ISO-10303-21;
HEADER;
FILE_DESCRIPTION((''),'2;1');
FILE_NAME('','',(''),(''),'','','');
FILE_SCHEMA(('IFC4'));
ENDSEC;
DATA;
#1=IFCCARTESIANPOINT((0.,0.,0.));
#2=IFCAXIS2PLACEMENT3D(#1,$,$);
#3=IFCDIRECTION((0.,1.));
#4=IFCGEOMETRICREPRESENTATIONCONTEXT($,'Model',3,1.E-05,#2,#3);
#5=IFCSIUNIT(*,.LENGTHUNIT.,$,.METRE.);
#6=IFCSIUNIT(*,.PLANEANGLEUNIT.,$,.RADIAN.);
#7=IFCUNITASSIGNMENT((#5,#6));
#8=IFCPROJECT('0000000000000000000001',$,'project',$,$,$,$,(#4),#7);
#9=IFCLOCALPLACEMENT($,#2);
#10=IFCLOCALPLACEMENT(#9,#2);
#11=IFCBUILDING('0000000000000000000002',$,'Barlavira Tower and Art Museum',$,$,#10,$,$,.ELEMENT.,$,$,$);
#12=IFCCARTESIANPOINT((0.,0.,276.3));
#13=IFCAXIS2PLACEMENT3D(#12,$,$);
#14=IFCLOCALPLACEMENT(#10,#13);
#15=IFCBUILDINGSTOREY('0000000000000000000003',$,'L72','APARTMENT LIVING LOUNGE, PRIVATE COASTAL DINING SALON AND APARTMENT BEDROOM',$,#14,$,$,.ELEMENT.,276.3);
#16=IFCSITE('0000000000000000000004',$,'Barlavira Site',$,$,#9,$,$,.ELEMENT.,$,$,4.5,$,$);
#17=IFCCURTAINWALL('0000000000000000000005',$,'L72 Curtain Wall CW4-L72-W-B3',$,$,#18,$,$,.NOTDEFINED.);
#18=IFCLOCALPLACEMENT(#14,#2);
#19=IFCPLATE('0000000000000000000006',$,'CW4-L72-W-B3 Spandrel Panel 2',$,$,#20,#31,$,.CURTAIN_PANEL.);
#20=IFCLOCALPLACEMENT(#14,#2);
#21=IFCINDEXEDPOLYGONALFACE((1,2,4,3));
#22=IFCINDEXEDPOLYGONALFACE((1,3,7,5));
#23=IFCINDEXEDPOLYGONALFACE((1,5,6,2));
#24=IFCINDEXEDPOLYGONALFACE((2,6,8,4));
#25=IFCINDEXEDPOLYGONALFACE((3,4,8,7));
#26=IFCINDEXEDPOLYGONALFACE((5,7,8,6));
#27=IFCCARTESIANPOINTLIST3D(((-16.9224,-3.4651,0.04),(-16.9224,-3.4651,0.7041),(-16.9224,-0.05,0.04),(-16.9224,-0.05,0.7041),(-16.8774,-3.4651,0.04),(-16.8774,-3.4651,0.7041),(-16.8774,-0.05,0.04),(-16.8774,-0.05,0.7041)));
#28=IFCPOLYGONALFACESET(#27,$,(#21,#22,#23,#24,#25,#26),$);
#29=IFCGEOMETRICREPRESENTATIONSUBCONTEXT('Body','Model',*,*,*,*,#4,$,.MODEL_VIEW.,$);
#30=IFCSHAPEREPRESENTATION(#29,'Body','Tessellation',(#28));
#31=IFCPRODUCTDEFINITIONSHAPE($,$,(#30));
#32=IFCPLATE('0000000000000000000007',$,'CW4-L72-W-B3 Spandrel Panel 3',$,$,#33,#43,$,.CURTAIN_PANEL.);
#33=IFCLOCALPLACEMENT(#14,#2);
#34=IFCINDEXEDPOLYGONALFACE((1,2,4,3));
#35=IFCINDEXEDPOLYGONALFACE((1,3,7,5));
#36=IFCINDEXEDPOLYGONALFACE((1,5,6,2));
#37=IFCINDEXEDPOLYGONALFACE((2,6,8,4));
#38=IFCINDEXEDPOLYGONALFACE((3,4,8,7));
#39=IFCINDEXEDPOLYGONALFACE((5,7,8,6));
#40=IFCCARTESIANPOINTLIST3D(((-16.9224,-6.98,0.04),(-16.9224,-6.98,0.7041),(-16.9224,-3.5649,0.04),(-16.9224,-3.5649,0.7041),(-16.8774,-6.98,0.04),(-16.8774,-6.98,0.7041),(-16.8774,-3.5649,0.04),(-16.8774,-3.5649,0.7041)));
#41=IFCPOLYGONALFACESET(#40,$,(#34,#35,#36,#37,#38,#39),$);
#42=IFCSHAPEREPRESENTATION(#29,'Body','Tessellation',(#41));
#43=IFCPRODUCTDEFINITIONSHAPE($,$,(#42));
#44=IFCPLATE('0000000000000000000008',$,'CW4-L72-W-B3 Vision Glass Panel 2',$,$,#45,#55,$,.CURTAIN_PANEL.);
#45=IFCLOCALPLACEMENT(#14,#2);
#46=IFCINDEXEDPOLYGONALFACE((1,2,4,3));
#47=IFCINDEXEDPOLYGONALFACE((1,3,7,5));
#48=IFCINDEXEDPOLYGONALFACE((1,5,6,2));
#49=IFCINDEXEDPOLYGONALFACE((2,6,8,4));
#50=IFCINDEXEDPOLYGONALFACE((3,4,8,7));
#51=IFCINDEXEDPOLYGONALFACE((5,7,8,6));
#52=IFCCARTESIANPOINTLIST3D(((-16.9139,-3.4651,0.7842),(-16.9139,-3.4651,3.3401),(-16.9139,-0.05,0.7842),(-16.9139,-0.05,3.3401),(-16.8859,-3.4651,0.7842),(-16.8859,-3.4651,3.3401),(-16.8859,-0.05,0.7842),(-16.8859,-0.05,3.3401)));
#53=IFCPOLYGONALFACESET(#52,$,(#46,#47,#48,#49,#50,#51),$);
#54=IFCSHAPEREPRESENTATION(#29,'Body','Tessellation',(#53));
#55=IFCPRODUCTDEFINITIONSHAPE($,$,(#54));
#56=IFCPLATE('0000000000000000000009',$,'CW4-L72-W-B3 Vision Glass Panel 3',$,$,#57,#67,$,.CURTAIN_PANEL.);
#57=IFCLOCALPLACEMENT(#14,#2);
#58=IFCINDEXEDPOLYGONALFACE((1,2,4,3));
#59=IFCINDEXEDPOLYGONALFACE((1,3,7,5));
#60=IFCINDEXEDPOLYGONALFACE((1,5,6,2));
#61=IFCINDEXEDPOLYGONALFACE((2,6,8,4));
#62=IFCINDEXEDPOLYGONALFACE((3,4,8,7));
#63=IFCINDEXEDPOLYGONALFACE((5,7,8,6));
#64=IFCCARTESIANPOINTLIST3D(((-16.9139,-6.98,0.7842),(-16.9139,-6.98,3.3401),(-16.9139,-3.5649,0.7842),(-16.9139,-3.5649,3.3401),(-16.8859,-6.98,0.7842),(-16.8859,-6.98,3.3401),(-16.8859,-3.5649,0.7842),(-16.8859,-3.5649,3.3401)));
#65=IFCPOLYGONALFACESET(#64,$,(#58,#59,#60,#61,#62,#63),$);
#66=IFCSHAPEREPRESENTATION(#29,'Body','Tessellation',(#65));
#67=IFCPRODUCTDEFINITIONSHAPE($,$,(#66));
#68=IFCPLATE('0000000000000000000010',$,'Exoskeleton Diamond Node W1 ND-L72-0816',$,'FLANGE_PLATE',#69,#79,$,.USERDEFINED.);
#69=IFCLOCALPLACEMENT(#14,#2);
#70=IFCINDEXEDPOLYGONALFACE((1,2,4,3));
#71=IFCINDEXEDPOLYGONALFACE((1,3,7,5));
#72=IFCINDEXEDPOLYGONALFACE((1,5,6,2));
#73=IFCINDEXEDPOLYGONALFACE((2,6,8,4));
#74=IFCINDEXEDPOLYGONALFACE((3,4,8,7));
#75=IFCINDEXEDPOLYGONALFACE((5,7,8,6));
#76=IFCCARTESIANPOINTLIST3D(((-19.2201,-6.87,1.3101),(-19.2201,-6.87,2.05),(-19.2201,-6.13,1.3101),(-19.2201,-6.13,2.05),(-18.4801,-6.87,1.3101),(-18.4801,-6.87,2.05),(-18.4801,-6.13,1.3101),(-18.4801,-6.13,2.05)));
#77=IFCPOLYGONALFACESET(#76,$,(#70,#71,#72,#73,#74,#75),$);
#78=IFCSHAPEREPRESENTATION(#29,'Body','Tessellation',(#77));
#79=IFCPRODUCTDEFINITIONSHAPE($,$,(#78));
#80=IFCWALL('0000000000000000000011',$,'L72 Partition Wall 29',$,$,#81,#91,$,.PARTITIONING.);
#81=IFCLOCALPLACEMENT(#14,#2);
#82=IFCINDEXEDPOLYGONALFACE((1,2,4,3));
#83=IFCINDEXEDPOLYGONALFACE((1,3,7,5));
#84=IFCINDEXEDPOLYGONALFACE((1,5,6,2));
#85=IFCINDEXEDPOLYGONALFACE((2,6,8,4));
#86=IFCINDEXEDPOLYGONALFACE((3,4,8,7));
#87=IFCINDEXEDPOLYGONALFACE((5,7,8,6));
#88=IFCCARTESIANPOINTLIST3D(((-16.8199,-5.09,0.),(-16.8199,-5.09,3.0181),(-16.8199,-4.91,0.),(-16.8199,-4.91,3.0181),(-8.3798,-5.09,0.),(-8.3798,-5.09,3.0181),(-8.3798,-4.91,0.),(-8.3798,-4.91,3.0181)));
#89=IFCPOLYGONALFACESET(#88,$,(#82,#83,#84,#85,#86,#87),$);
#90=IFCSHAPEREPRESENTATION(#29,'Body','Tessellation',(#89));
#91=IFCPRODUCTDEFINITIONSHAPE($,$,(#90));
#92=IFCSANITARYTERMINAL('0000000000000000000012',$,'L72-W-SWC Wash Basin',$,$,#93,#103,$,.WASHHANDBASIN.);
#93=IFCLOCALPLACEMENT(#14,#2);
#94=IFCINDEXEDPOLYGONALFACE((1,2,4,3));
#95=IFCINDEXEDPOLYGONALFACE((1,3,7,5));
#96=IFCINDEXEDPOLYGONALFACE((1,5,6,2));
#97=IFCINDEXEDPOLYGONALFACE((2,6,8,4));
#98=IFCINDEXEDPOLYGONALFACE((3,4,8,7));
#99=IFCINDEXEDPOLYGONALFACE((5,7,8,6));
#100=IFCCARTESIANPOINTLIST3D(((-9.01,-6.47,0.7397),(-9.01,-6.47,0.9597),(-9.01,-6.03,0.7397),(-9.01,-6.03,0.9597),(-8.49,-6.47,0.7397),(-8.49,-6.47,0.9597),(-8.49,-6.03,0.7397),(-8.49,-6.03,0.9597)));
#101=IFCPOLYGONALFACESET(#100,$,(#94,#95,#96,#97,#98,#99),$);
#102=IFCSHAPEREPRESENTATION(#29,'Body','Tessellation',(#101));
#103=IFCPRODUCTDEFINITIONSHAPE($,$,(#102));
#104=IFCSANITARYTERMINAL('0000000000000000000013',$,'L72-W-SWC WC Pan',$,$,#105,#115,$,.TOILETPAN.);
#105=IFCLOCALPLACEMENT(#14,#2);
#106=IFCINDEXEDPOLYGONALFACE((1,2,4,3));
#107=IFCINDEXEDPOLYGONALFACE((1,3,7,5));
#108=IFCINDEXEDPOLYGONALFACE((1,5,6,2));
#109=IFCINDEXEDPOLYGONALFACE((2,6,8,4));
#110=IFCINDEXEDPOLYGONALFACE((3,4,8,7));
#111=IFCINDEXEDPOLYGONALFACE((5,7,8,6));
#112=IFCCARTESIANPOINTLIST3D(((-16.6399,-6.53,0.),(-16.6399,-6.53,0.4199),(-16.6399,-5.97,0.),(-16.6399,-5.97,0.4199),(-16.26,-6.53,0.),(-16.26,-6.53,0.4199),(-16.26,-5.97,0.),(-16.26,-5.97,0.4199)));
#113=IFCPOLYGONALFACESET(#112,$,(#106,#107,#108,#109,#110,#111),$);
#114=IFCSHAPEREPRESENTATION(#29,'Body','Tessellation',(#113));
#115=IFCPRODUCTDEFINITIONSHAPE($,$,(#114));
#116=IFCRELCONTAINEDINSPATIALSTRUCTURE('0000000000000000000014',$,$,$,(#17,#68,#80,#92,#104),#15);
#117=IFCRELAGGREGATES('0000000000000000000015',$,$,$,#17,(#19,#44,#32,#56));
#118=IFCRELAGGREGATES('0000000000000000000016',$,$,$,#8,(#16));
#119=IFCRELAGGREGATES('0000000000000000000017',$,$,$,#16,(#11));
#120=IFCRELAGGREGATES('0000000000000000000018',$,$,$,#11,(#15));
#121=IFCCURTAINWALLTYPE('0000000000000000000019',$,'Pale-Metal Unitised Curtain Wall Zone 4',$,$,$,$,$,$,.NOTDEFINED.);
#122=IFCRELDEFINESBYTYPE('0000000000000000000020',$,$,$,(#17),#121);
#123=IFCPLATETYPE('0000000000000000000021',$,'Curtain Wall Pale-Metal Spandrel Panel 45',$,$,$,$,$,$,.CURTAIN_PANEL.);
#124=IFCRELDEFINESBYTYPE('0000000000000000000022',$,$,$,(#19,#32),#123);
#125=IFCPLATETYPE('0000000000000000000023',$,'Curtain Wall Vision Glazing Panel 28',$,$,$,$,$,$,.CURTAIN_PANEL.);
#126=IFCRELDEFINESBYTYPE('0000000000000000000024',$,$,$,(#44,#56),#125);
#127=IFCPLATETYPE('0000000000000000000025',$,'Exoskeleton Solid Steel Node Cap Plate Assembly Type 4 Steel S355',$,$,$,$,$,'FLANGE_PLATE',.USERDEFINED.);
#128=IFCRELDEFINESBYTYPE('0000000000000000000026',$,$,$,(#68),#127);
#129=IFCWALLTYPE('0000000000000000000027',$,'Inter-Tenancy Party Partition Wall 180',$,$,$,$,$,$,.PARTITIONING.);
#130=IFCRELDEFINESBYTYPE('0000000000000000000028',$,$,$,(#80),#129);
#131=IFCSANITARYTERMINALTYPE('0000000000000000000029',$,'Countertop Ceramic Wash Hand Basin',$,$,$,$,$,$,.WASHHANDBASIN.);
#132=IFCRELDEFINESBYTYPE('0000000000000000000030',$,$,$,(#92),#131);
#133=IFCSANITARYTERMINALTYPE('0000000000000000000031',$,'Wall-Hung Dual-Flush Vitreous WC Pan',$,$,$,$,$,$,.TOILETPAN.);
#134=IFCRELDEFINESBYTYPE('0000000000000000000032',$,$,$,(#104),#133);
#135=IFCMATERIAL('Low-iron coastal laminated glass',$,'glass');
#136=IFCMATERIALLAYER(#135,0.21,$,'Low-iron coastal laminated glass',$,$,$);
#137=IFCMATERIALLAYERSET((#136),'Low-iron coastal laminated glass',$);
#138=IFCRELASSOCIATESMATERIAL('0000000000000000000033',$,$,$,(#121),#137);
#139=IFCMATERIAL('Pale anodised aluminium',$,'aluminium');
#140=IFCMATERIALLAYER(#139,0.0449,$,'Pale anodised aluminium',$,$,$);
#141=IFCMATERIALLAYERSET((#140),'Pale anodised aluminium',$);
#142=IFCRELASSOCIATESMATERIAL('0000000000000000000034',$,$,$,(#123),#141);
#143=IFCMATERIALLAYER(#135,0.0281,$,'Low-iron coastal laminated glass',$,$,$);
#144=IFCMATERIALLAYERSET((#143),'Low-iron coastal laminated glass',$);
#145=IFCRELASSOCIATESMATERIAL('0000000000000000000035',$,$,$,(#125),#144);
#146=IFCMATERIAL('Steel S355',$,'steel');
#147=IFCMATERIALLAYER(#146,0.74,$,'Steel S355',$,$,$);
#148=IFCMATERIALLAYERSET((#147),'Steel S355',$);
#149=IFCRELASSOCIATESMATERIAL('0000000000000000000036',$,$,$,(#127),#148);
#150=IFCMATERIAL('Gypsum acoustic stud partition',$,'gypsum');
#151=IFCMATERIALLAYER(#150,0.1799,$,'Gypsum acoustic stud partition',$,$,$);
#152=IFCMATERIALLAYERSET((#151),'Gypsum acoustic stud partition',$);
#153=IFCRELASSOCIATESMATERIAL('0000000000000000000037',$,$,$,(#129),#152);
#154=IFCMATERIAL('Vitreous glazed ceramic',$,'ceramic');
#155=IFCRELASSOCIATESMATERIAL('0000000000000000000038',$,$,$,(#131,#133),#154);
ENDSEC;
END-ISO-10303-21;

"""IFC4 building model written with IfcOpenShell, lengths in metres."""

from ifc_helpers import new_model, si_unit, direction, frame, frame_2d, origin, origin_2d, place, context, subcontext, project, spatial, rectangle, extrude, material, layer, layer_set, type_object, element, aggregate, save


model = new_model("IFC4")

# Units and contexts
model_context = context("Model", 3, precision=1e-05, world=origin(), true_north=direction((0.0, 1.0)))
body_context = subcontext(model_context, "Body", "Model", "MODEL_VIEW")
ifc_project = project(units=[si_unit("LENGTHUNIT", "METRE"), si_unit("PLANEANGLEUNIT", "RADIAN")], contexts=[model_context])

# Site, building, storey
site_placement = place(None, origin())
site = spatial("IfcSite", under=ifc_project, at=site_placement, Name="Barlavira Site", CompositionType="ELEMENT", RefElevation=4.5)
building_placement = place(site_placement, origin())
building = spatial("IfcBuilding", under=site, at=building_placement, Name="Barlavira Tower and Art Museum", CompositionType="ELEMENT")
storey_placement = place(building_placement, frame((0.0, 0.0, 276.3)))
storey = spatial("IfcBuildingStorey", under=building, at=storey_placement, Name="L72", Description="APARTMENT LIVING LOUNGE, PRIVATE COASTAL DINING SALON AND APARTMENT BEDROOM", CompositionType="ELEMENT", Elevation=276.3)

# Curtain wall
ifc_material_1 = material(Name="Low-iron coastal laminated glass", Category="glass")
ifc_layer_1 = layer(ifc_material_1, 0.21, Name="Low-iron coastal laminated glass")
ifc_layer_set_1 = layer_set([ifc_layer_1], Name="Low-iron coastal laminated glass")
curtain_wall_type = type_object("IfcCurtainWallType", Name="Pale-Metal Unitised Curtain Wall Zone 4", PredefinedType="NOTDEFINED", material=ifc_layer_set_1)
curtain_wall_placement = place(storey_placement, origin())
curtain_wall = element("IfcCurtainWall", 1, at=curtain_wall_placement, inside=storey, type_object=curtain_wall_type, Name="L72 Curtain Wall CW4-L72-W-B3", PredefinedType="NOTDEFINED")
ifc_material_2 = material(Name="Pale anodised aluminium", Category="aluminium")

# Shared definitions
ifc_material_3 = material(Name="Steel S355", Category="steel")

# Plates
ifc_layer_2 = layer(ifc_material_2, 0.0449, Name="Pale anodised aluminium")
ifc_layer_set_2 = layer_set([ifc_layer_2], Name="Pale anodised aluminium")
plate_type_1 = type_object("IfcPlateType", Name="Curtain Wall Pale-Metal Spandrel Panel 45", PredefinedType="CURTAIN_PANEL", material=ifc_layer_set_2)
plate_1_placement = place(storey_placement, frame((-16.8999, -1.7576, 0.04), z_axis=(0.0, 0.0, 1.0), x_axis=(0.0, -1.0, 0.0)))
plate_1 = element("IfcPlate", 2, at=plate_1_placement, type_object=plate_type_1, Name="CW4-L72-W-B3 Spandrel Panel 2", PredefinedType="CURTAIN_PANEL", context=body_context, shape_type="SweptSolid", body=[
    extrude(rectangle(XDim=3.415, YDim=0.0449, at=origin_2d()), origin(), (0.0, 0.0, 1.0), 0.6641),
])
plate_2_placement = place(storey_placement, frame((-16.8999, -5.2725, 0.04), z_axis=(0.0, 0.0, 1.0), x_axis=(0.0, -1.0, 0.0)))
plate_2 = element("IfcPlate", 3, at=plate_2_placement, type_object=plate_type_1, Name="CW4-L72-W-B3 Spandrel Panel 3", PredefinedType="CURTAIN_PANEL", context=body_context, shape_type="SweptSolid", body=[
    extrude(rectangle(XDim=3.415, YDim=0.0449, at=origin_2d()), origin(), (0.0, 0.0, 1.0), 0.6641),
])
ifc_layer_3 = layer(ifc_material_1, 0.0281, Name="Low-iron coastal laminated glass")
ifc_layer_set_3 = layer_set([ifc_layer_3], Name="Low-iron coastal laminated glass")
plate_type_2 = type_object("IfcPlateType", Name="Curtain Wall Vision Glazing Panel 28", PredefinedType="CURTAIN_PANEL", material=ifc_layer_set_3)
plate_3_placement = place(storey_placement, frame((-16.8999, -1.7576, 0.7842), z_axis=(0.0, 0.0, 1.0), x_axis=(0.0, -1.0, 0.0)))
plate_3 = element("IfcPlate", 4, at=plate_3_placement, type_object=plate_type_2, Name="CW4-L72-W-B3 Vision Glass Panel 2", PredefinedType="CURTAIN_PANEL", context=body_context, shape_type="SweptSolid", body=[
    extrude(rectangle(XDim=3.415, YDim=0.0281, at=origin_2d()), origin(), (0.0, 0.0, 1.0), 2.5559),
])
plate_4_placement = place(storey_placement, frame((-16.8999, -5.2725, 0.7842), z_axis=(0.0, 0.0, 1.0), x_axis=(0.0, -1.0, 0.0)))
plate_4 = element("IfcPlate", 5, at=plate_4_placement, type_object=plate_type_2, Name="CW4-L72-W-B3 Vision Glass Panel 3", PredefinedType="CURTAIN_PANEL", context=body_context, shape_type="SweptSolid", body=[
    extrude(rectangle(XDim=3.415, YDim=0.0281, at=origin_2d()), origin(), (0.0, 0.0, 1.0), 2.5559),
])
aggregate(curtain_wall, [plate_1, plate_3, plate_2, plate_4])
ifc_layer_4 = layer(ifc_material_3, 0.74, Name="Steel S355")
ifc_layer_set_4 = layer_set([ifc_layer_4], Name="Steel S355")
plate_type_3 = type_object("IfcPlateType", Name="Exoskeleton Solid Steel Node Cap Plate Assembly Type 4 Steel S355", ElementType="FLANGE_PLATE", PredefinedType="USERDEFINED", material=ifc_layer_set_4)
plate_5_placement = place(storey_placement, frame((-18.8501, -6.5, 1.3101), z_axis=(0.0, 0.0, 1.0), x_axis=(1.0, 0.0, 0.0)))
element("IfcPlate", 6, at=plate_5_placement, inside=storey, type_object=plate_type_3, Name="Exoskeleton Diamond Node W1 ND-L72-0816", ObjectType="FLANGE_PLATE", PredefinedType="USERDEFINED", context=body_context, shape_type="SweptSolid", body=[
    extrude(rectangle(XDim=0.74, YDim=0.74, at=origin_2d()), origin(), (0.0, 0.0, 1.0), 0.74),
])

# Shared definitions
ifc_material_4 = material(Name="Gypsum acoustic stud partition", Category="gypsum")
ifc_layer_5 = layer(ifc_material_4, 0.1799, Name="Gypsum acoustic stud partition")
ifc_layer_set_5 = layer_set([ifc_layer_5], Name="Gypsum acoustic stud partition")
wall_type = type_object("IfcWallType", Name="Inter-Tenancy Party Partition Wall 180", PredefinedType="PARTITIONING", material=ifc_layer_set_5)

# Wall
wall_1_placement = place(storey_placement, frame((-16.8201, -5.0, 0.0), z_axis=(0.0, 0.0, 1.0), x_axis=(1.0, 0.0, 0.0)))
element("IfcWall", 7, at=wall_1_placement, inside=storey, type_object=wall_type, Name="L72 Partition Wall 29", PredefinedType="PARTITIONING", context=body_context, shape_type="SweptSolid", body=[
    extrude(rectangle(XDim=8.4402, YDim=0.1799, at=frame_2d((4.2202, 0.0))), origin(), (0.0, 0.0, 1.0), 3.0181),
])

# Sanitary terminals
ifc_material_5 = material(Name="Vitreous glazed ceramic", Category="ceramic")
sanitary_terminal_type_1 = type_object("IfcSanitaryTerminalType", Name="Countertop Ceramic Wash Hand Basin", PredefinedType="WASHHANDBASIN", material=ifc_material_5)
sanitary_terminal_1_placement = place(storey_placement, frame((-8.75, -6.25, 0.7397), z_axis=(0.0, 0.0, 1.0), x_axis=(1.0, 0.0, 0.0)))
element("IfcSanitaryTerminal", 8, at=sanitary_terminal_1_placement, inside=storey, type_object=sanitary_terminal_type_1, Name="L72-W-SWC Wash Basin", PredefinedType="WASHHANDBASIN", context=body_context, shape_type="SweptSolid", body=[
    extrude(rectangle(XDim=0.52, YDim=0.4399, at=origin_2d()), origin(), (0.0, 0.0, 1.0), 0.22),
])
sanitary_terminal_type_2 = type_object("IfcSanitaryTerminalType", Name="Wall-Hung Dual-Flush Vitreous WC Pan", PredefinedType="TOILETPAN", material=ifc_material_5)
sanitary_terminal_2_placement = place(storey_placement, frame((-16.45, -6.25, 0.0), z_axis=(0.0, 0.0, 1.0), x_axis=(1.0, 0.0, 0.0)))
element("IfcSanitaryTerminal", 9, at=sanitary_terminal_2_placement, inside=storey, type_object=sanitary_terminal_type_2, Name="L72-W-SWC WC Pan", PredefinedType="TOILETPAN", context=body_context, shape_type="SweptSolid", body=[
    extrude(rectangle(XDim=0.3799, YDim=0.5601, at=origin_2d()), origin(), (0.0, 0.0, 1.0), 0.4199),
])

save(model, "model.ifc")
